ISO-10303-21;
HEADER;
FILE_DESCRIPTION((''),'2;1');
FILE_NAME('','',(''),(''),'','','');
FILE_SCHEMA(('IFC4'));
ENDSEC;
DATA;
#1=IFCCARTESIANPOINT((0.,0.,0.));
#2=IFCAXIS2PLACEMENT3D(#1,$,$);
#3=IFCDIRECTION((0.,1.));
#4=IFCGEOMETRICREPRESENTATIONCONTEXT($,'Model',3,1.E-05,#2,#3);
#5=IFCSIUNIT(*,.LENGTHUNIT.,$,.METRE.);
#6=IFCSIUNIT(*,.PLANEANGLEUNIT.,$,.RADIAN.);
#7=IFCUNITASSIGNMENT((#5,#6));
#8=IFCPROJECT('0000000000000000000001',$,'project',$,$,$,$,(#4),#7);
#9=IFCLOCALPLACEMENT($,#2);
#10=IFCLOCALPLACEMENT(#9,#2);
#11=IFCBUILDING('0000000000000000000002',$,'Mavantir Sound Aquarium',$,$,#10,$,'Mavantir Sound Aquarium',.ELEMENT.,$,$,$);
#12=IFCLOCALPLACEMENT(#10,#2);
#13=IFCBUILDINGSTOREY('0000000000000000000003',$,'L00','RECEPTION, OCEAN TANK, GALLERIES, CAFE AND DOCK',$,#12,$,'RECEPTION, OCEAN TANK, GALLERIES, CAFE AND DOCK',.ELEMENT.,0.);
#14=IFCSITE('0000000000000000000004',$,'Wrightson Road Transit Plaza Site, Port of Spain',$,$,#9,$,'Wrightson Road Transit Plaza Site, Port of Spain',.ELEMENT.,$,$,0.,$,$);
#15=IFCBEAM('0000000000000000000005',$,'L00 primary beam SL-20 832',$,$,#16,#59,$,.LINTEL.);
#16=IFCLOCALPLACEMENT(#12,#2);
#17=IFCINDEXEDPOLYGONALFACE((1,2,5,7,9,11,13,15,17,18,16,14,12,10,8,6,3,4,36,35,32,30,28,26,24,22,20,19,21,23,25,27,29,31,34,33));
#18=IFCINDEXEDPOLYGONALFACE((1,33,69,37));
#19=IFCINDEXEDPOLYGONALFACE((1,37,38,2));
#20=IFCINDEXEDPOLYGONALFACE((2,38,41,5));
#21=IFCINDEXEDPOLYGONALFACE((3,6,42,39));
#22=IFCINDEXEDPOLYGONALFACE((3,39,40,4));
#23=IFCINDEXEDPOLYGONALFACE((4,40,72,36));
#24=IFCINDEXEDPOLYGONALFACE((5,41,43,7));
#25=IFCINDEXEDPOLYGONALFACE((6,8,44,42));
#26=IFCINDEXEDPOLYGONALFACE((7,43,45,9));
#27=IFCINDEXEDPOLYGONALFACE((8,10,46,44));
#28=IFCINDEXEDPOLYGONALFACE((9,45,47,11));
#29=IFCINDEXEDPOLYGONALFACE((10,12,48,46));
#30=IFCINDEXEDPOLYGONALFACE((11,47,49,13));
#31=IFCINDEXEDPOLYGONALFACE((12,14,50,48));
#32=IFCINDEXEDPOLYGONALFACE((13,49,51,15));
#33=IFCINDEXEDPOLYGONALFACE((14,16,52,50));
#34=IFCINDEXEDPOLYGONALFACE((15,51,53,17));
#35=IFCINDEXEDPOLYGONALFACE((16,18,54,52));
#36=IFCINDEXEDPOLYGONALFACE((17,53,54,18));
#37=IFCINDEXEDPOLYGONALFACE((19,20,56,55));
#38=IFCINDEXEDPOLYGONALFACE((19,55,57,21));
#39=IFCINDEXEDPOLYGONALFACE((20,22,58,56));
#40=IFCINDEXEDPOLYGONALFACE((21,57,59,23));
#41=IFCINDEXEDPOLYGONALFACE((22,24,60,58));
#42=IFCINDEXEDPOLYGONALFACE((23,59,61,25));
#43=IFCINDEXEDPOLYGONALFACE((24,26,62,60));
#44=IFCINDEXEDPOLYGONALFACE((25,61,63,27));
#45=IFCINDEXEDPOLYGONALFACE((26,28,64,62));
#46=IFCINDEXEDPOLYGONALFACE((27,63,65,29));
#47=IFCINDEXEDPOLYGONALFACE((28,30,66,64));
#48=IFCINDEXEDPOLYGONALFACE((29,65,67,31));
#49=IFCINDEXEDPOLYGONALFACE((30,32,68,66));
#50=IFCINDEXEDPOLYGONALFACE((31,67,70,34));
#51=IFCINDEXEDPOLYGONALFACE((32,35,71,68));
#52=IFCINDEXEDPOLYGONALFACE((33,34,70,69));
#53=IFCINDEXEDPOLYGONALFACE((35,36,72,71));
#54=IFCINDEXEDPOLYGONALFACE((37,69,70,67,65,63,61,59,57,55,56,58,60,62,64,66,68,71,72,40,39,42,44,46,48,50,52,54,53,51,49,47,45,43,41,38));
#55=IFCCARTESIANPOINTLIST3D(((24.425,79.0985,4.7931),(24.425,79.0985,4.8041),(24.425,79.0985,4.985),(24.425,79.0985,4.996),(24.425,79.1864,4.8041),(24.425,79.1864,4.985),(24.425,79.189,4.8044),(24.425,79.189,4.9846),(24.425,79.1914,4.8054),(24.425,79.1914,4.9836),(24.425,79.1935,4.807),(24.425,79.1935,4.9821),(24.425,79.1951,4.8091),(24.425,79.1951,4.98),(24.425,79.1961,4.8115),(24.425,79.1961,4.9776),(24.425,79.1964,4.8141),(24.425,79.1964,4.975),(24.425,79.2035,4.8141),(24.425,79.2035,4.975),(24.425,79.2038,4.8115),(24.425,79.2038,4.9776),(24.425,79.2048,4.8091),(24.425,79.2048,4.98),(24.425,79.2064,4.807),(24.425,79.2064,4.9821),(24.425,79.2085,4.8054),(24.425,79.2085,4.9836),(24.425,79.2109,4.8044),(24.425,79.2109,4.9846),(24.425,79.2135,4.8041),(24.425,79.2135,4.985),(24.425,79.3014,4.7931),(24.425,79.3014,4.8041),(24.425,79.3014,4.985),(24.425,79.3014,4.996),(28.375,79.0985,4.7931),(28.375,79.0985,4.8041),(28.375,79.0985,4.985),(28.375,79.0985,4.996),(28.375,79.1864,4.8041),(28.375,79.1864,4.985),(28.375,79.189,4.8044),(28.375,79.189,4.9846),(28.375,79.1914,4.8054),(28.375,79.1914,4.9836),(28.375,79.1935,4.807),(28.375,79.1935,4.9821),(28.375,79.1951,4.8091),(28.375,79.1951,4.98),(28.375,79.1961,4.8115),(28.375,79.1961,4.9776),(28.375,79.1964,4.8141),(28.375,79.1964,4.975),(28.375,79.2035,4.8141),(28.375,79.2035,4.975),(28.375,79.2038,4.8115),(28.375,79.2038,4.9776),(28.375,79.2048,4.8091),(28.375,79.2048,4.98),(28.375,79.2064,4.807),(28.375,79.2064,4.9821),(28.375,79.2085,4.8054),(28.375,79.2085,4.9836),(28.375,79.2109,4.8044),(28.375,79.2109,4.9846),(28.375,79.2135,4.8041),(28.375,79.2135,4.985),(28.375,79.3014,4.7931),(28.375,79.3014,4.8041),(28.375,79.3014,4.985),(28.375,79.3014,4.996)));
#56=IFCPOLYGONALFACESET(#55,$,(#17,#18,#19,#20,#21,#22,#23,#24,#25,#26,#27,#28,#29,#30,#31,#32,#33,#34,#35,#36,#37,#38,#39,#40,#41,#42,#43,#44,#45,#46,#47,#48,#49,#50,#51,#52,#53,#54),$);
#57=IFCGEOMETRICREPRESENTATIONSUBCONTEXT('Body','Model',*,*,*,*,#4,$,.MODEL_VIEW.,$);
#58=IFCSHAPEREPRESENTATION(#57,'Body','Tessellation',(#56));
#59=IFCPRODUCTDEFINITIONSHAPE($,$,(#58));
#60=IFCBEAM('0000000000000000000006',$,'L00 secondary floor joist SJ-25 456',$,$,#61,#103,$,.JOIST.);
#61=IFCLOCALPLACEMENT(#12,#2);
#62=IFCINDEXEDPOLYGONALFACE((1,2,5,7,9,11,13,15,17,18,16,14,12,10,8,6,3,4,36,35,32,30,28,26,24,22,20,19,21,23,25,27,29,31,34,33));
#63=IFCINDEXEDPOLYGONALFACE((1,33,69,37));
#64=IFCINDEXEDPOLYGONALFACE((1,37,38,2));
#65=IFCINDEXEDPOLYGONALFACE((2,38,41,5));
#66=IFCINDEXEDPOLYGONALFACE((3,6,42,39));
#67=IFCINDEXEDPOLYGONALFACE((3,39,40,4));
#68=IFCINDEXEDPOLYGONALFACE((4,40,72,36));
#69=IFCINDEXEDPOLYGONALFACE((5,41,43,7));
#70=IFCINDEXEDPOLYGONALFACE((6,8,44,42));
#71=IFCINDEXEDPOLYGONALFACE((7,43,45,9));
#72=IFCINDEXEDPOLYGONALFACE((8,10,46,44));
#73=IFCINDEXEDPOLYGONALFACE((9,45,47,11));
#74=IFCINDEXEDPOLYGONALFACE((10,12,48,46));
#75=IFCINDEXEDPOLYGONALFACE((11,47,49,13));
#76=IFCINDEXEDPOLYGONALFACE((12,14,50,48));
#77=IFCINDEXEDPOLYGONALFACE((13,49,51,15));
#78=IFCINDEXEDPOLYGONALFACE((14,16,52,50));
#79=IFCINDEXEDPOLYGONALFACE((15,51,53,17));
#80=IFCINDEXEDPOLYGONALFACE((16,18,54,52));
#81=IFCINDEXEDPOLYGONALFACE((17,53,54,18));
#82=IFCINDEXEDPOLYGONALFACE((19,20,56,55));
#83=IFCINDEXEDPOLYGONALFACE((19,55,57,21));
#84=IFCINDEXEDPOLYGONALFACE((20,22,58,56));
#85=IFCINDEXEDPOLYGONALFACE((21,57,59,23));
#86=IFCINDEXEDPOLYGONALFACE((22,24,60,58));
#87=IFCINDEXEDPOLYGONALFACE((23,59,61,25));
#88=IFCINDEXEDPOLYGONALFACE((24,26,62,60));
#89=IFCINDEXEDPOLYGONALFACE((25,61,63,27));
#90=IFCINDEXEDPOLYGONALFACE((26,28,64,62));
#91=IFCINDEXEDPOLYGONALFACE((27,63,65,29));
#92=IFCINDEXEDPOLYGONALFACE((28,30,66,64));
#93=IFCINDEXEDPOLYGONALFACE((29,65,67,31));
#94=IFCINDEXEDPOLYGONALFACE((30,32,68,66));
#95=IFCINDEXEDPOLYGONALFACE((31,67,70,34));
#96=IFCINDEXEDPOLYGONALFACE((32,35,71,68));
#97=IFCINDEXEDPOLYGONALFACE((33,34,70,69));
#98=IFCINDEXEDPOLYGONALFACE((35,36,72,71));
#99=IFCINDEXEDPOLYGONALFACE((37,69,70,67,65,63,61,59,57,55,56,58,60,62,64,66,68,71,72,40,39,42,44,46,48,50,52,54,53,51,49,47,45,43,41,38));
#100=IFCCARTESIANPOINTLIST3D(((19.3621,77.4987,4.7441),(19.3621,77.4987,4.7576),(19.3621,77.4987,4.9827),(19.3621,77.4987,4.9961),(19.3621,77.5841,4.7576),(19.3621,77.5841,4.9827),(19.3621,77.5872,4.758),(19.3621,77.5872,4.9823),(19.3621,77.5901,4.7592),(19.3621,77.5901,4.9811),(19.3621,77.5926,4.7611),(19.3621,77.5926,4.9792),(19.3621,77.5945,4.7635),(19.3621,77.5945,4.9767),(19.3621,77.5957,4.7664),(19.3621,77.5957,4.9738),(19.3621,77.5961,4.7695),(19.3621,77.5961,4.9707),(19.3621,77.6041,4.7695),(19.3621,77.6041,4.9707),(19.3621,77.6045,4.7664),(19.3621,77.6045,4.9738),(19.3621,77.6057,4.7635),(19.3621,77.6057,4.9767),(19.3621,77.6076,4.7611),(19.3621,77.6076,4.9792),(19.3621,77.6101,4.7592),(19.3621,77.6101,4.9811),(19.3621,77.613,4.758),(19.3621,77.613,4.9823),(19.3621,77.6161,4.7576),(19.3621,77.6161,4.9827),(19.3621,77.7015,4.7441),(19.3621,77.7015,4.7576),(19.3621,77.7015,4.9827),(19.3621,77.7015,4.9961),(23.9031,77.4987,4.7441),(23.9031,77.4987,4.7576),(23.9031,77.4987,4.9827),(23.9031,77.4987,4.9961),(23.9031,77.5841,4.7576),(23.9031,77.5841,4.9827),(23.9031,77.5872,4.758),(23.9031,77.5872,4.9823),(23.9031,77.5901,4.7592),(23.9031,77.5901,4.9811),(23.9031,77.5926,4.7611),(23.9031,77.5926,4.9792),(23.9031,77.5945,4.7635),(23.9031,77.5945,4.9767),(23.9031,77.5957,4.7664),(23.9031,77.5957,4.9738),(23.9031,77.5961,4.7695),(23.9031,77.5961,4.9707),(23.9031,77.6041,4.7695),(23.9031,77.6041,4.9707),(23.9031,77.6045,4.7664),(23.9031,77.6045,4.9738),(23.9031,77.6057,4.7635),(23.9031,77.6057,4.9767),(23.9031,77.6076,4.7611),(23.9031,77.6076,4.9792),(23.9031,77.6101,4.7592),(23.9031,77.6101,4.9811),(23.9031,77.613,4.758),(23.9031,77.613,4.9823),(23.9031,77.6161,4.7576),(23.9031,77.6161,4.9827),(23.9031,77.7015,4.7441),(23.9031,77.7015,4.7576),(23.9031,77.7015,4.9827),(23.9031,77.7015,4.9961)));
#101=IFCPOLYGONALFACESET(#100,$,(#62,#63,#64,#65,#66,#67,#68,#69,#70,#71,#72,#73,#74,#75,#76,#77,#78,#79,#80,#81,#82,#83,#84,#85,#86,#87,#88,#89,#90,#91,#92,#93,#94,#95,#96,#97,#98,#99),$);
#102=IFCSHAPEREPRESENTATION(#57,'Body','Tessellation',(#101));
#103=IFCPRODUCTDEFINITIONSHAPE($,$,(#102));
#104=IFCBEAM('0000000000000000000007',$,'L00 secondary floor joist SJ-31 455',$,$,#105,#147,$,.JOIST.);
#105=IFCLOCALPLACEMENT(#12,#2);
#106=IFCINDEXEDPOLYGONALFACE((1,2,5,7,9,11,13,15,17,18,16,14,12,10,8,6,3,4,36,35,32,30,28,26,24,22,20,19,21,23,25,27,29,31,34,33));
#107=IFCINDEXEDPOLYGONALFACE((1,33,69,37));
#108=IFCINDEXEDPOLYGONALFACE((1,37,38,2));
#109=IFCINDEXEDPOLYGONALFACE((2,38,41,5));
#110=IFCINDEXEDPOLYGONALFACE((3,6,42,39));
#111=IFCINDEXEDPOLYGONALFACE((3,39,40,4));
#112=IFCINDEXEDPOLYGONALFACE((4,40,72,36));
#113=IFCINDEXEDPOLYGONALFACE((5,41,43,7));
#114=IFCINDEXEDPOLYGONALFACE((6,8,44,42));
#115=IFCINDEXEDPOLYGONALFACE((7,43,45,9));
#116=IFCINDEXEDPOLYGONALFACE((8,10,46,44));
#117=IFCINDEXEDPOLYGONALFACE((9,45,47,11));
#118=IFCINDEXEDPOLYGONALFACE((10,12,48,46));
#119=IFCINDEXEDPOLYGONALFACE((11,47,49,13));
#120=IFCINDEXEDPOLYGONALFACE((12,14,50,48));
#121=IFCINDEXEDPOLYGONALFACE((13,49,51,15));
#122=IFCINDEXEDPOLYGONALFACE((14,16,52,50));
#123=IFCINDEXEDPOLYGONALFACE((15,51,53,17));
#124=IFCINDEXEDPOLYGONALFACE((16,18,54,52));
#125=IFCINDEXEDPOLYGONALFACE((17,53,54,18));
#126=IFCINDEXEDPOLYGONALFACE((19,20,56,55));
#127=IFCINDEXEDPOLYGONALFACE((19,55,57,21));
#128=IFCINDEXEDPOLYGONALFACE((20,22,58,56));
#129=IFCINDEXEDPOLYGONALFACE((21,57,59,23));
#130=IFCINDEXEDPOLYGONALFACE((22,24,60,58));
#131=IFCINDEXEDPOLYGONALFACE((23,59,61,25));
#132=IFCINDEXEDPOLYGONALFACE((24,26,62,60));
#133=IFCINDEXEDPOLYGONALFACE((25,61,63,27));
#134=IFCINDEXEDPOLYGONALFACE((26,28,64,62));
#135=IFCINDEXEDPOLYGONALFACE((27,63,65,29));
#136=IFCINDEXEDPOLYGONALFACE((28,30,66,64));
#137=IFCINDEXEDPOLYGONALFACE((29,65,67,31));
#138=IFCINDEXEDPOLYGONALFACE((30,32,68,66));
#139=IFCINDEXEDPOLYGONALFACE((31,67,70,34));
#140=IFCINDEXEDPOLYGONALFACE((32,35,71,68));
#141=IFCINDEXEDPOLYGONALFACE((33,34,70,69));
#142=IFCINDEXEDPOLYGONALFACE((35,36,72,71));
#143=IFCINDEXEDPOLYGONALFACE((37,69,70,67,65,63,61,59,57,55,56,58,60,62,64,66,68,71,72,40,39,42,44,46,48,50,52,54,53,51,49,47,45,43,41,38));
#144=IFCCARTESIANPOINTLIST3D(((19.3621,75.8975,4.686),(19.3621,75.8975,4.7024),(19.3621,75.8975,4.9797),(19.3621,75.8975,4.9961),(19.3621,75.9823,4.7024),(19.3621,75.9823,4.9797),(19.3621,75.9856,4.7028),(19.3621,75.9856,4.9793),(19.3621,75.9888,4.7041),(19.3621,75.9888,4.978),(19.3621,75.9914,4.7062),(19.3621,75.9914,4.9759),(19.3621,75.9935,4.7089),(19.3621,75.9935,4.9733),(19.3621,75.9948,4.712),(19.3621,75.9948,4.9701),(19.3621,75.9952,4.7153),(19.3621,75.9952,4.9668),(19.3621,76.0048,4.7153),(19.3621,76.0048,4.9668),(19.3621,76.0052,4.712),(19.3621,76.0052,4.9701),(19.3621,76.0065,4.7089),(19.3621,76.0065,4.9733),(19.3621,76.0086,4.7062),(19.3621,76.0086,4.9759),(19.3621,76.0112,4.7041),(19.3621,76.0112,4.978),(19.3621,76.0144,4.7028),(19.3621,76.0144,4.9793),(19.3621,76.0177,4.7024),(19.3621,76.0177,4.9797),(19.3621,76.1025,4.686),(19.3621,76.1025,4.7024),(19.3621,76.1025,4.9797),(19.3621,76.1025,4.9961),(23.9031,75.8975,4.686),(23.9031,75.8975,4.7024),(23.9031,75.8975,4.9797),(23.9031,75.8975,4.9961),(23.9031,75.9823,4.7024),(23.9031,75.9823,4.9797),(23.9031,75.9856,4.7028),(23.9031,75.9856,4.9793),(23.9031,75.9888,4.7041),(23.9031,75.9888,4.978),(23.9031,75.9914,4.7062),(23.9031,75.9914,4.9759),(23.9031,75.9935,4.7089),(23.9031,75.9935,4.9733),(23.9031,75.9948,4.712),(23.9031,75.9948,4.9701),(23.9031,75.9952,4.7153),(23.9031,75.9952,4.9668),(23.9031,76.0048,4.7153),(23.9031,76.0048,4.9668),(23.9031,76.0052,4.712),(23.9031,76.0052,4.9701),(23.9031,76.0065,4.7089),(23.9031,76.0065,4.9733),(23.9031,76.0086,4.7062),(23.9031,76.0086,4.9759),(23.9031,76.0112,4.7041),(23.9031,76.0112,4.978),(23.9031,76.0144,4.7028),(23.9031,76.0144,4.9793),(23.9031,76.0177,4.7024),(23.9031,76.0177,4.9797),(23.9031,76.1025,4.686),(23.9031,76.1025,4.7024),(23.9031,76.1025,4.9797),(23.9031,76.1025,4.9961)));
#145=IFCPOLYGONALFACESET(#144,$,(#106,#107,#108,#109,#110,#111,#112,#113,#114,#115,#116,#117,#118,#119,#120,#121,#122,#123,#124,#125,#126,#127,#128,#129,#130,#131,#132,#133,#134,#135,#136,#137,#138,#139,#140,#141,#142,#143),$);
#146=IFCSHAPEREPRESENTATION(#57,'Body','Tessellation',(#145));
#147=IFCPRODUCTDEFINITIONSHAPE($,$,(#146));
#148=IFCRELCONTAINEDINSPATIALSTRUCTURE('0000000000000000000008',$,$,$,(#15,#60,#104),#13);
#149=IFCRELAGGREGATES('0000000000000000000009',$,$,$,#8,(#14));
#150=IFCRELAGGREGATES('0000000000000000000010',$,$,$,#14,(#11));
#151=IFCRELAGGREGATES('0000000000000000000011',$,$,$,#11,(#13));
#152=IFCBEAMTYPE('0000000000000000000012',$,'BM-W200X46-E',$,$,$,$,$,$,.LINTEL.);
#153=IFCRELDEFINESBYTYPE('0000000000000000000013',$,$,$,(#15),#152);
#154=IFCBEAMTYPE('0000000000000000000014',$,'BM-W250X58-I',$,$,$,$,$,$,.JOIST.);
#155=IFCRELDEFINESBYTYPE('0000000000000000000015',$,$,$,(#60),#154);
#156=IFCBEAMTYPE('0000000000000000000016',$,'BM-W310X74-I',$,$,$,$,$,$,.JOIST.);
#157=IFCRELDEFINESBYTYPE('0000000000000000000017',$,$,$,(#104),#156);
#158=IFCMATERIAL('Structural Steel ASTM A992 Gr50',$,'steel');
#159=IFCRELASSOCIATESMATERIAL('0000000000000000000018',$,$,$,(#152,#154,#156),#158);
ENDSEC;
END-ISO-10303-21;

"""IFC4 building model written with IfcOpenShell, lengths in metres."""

from ifc_helpers import new_model, si_unit, direction, frame, origin, origin_2d, place, context, subcontext, project, spatial, i_section, extrude, material, material_profile, profile_set, type_object, element, save


model = new_model("IFC4")

# Units and contexts
model_context = context("Model", 3, precision=1e-05, world=origin(), true_north=direction((0.0, 1.0)))
body_context = subcontext(model_context, "Body", "Model", "MODEL_VIEW")
ifc_project = project(units=[si_unit("LENGTHUNIT", "METRE"), si_unit("PLANEANGLEUNIT", "RADIAN")], contexts=[model_context])

# Site, building, storey
site_placement = place(None, origin())
site = spatial("IfcSite", under=ifc_project, at=site_placement, Name="Wrightson Road Transit Plaza Site, Port of Spain", LongName="Wrightson Road Transit Plaza Site, Port of Spain", CompositionType="ELEMENT", RefElevation=0.0)
building_placement = place(site_placement, origin())
building = spatial("IfcBuilding", under=site, at=building_placement, Name="Mavantir Sound Aquarium", LongName="Mavantir Sound Aquarium", CompositionType="ELEMENT")
storey_placement = place(building_placement, origin())
storey = spatial("IfcBuildingStorey", under=building, at=storey_placement, Name="L00", Description="RECEPTION, OCEAN TANK, GALLERIES, CAFE AND DOCK", LongName="RECEPTION, OCEAN TANK, GALLERIES, CAFE AND DOCK", CompositionType="ELEMENT", Elevation=0.0)

# Beams
ifc_material_1 = material(Name="Structural Steel ASTM A992 Gr50", Category="steel")
ifc_material_profile_1 = material_profile(ifc_material_1, i_section(OverallWidth=0.2029, OverallDepth=0.2029, WebThickness=0.0071, FlangeThickness=0.011, FilletRadius=0.01, at=origin_2d()), Name="W200X46")
ifc_profile_set_1 = profile_set([ifc_material_profile_1], Name="Structural Steel ASTM A992 Gr50")
beam_type_1 = type_object("IfcBeamType", Name="BM-W200X46-E", PredefinedType="LINTEL", material=ifc_profile_set_1)
beam_1_placement = place(storey_placement, frame((24.425, 79.2, 4.8945), z_axis=(1.0, 0.0, 0.0), x_axis=(0.0, 1.0, 0.0)))
element("IfcBeam", 1, at=beam_1_placement, inside=storey, type_object=beam_type_1, Name="L00 primary beam SL-20 832", PredefinedType="LINTEL", context=body_context, shape_type="SweptSolid", body=[
    extrude(i_section(OverallWidth=0.2029, OverallDepth=0.2029, WebThickness=0.0071, FlangeThickness=0.011, FilletRadius=0.01, at=origin_2d()), origin(), (0.0, 0.0, 1.0), 3.95),
])
ifc_material_profile_2 = material_profile(ifc_material_1, i_section(OverallWidth=0.2029, OverallDepth=0.252, WebThickness=0.0081, FlangeThickness=0.0134, FilletRadius=0.012, at=origin_2d()), Name="W250X58")
ifc_profile_set_2 = profile_set([ifc_material_profile_2], Name="Structural Steel ASTM A992 Gr50")
beam_type_2 = type_object("IfcBeamType", Name="BM-W250X58-I", PredefinedType="JOIST", material=ifc_profile_set_2)
beam_2_placement = place(storey_placement, frame((19.3621, 77.6001, 4.8701), z_axis=(1.0, 0.0, 0.0), x_axis=(0.0, 1.0, 0.0)))
element("IfcBeam", 2, at=beam_2_placement, inside=storey, type_object=beam_type_2, Name="L00 secondary floor joist SJ-25 456", PredefinedType="JOIST", context=body_context, shape_type="SweptSolid", body=[
    extrude(i_section(OverallWidth=0.2029, OverallDepth=0.252, WebThickness=0.0081, FlangeThickness=0.0134, FilletRadius=0.012, at=origin_2d()), origin(), (0.0, 0.0, 1.0), 4.541),
])
ifc_material_profile_3 = material_profile(ifc_material_1, i_section(OverallWidth=0.2051, OverallDepth=0.3101, WebThickness=0.0095, FlangeThickness=0.0164, FilletRadius=0.0129, at=origin_2d()), Name="W310X74")
ifc_profile_set_3 = profile_set([ifc_material_profile_3], Name="Structural Steel ASTM A992 Gr50")
beam_type_3 = type_object("IfcBeamType", Name="BM-W310X74-I", PredefinedType="JOIST", material=ifc_profile_set_3)
beam_3_placement = place(storey_placement, frame((19.3621, 76.0, 4.8411), z_axis=(1.0, 0.0, 0.0), x_axis=(0.0, 1.0, 0.0)))
element("IfcBeam", 3, at=beam_3_placement, inside=storey, type_object=beam_type_3, Name="L00 secondary floor joist SJ-31 455", PredefinedType="JOIST", context=body_context, shape_type="SweptSolid", body=[
    extrude(i_section(OverallWidth=0.2051, OverallDepth=0.3101, WebThickness=0.0095, FlangeThickness=0.0164, FilletRadius=0.0129, at=origin_2d()), origin(), (0.0, 0.0, 1.0), 4.541),
])

save(model, "model.ifc")
